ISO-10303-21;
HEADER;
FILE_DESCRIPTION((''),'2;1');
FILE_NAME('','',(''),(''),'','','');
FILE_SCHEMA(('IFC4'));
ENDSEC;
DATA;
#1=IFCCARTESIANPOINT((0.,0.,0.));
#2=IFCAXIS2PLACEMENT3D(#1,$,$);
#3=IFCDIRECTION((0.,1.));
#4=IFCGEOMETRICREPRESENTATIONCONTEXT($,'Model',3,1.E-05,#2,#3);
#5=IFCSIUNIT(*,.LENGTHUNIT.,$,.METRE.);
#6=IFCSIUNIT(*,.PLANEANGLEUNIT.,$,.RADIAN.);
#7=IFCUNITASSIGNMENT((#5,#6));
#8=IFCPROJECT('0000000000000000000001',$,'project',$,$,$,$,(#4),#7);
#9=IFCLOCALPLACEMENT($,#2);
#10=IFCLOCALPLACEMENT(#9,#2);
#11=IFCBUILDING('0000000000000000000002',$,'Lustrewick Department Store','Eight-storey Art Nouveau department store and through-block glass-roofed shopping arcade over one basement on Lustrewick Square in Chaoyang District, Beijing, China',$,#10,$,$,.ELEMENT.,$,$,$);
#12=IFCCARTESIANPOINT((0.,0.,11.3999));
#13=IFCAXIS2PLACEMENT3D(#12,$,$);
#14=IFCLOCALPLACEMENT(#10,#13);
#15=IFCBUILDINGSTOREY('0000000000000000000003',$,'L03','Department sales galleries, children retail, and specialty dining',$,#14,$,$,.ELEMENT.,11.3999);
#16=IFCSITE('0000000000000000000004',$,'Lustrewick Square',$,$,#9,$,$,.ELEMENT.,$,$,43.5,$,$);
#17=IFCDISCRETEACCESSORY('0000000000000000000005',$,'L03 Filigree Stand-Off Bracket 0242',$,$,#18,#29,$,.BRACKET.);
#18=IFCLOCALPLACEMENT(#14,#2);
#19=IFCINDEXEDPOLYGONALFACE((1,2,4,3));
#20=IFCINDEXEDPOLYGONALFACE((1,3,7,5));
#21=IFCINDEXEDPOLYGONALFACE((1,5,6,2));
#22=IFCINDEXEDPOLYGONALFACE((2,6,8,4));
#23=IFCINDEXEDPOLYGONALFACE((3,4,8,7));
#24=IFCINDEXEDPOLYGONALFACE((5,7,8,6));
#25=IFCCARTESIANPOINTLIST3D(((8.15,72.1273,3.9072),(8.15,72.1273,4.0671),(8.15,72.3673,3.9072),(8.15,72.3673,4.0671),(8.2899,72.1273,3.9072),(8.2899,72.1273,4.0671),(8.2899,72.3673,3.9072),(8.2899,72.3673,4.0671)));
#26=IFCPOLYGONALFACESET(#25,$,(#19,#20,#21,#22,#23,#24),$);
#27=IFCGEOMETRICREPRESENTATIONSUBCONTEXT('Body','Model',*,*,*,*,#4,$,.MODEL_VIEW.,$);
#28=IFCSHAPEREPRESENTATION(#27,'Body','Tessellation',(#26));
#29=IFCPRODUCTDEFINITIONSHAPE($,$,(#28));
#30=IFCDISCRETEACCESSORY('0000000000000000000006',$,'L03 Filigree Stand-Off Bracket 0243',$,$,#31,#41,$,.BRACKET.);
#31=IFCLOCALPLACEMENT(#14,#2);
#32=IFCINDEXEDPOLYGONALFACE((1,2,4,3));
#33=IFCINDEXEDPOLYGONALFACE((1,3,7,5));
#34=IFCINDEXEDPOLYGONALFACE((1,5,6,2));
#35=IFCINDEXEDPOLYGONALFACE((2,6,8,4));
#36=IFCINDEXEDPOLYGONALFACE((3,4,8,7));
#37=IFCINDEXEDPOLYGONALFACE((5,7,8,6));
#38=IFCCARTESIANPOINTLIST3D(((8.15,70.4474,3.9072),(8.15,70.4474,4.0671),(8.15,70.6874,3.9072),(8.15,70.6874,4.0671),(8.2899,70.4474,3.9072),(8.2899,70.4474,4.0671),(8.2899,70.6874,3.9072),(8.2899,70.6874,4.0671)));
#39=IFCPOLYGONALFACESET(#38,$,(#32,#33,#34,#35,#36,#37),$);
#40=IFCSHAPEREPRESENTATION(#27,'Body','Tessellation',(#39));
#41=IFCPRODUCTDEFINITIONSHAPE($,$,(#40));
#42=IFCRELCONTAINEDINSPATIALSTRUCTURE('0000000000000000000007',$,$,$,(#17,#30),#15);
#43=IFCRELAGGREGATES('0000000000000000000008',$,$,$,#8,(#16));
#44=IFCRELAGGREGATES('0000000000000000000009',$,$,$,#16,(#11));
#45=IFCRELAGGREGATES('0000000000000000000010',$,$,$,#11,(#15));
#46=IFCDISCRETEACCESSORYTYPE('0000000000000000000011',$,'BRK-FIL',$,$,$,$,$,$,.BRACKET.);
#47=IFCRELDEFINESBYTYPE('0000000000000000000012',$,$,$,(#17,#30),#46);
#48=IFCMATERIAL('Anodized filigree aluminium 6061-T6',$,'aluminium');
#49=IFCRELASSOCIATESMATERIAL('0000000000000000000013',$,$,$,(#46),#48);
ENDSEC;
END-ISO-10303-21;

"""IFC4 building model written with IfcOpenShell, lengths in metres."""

from ifc_helpers import new_model, si_unit, direction, frame, origin, origin_2d, place, context, subcontext, project, spatial, rectangle, extrude, material, type_object, element, save


model = new_model("IFC4")

# Units and contexts
model_context = context("Model", 3, precision=1e-05, world=origin(), true_north=direction((0.0, 1.0)))
body_context = subcontext(model_context, "Body", "Model", "MODEL_VIEW")
ifc_project = project(units=[si_unit("LENGTHUNIT", "METRE"), si_unit("PLANEANGLEUNIT", "RADIAN")], contexts=[model_context])

# Site, building, storey
site_placement = place(None, origin())
site = spatial("IfcSite", under=ifc_project, at=site_placement, Name="Lustrewick Square", CompositionType="ELEMENT", RefElevation=43.5)
building_placement = place(site_placement, origin())
building = spatial("IfcBuilding", under=site, at=building_placement, Name="Lustrewick Department Store", Description="Eight-storey Art Nouveau department store and through-block glass-roofed shopping arcade over one basement on Lustrewick Square in Chaoyang District, Beijing, China", CompositionType="ELEMENT")
storey_placement = place(building_placement, frame((0.0, 0.0, 11.3999)))
storey = spatial("IfcBuildingStorey", under=building, at=storey_placement, Name="L03", Description="Department sales galleries, children retail, and specialty dining", CompositionType="ELEMENT", Elevation=11.3999)

# Discrete accessories
ifc_material_1 = material(Name="Anodized filigree aluminium 6061-T6", Category="aluminium")
discrete_accessory_type = type_object("IfcDiscreteAccessoryType", Name="BRK-FIL", PredefinedType="BRACKET", material=ifc_material_1)
for number, where, z_axis, x_axis, name in (
    (1, (8.22, 72.2473, 3.9072), (0.0, 0.0, 1.0), (0.0, -1.0, 0.0), "L03 Filigree Stand-Off Bracket 0242"),
    (2, (8.22, 70.5674, 3.9072), (0.0, 0.0, 1.0), (0.0, -1.0, 0.0), "L03 Filigree Stand-Off Bracket 0243"),
):
    element("IfcDiscreteAccessory", number, at=place(storey_placement, frame(where, z_axis=z_axis, x_axis=x_axis)), inside=storey, type_object=discrete_accessory_type, Name=name, PredefinedType="BRACKET", context=body_context, shape_type="SweptSolid", body=[
        extrude(rectangle(XDim=0.24, YDim=0.1399, at=origin_2d()), origin(), (0.0, 0.0, 1.0), 0.1599),
    ])

save(model, "model.ifc")
